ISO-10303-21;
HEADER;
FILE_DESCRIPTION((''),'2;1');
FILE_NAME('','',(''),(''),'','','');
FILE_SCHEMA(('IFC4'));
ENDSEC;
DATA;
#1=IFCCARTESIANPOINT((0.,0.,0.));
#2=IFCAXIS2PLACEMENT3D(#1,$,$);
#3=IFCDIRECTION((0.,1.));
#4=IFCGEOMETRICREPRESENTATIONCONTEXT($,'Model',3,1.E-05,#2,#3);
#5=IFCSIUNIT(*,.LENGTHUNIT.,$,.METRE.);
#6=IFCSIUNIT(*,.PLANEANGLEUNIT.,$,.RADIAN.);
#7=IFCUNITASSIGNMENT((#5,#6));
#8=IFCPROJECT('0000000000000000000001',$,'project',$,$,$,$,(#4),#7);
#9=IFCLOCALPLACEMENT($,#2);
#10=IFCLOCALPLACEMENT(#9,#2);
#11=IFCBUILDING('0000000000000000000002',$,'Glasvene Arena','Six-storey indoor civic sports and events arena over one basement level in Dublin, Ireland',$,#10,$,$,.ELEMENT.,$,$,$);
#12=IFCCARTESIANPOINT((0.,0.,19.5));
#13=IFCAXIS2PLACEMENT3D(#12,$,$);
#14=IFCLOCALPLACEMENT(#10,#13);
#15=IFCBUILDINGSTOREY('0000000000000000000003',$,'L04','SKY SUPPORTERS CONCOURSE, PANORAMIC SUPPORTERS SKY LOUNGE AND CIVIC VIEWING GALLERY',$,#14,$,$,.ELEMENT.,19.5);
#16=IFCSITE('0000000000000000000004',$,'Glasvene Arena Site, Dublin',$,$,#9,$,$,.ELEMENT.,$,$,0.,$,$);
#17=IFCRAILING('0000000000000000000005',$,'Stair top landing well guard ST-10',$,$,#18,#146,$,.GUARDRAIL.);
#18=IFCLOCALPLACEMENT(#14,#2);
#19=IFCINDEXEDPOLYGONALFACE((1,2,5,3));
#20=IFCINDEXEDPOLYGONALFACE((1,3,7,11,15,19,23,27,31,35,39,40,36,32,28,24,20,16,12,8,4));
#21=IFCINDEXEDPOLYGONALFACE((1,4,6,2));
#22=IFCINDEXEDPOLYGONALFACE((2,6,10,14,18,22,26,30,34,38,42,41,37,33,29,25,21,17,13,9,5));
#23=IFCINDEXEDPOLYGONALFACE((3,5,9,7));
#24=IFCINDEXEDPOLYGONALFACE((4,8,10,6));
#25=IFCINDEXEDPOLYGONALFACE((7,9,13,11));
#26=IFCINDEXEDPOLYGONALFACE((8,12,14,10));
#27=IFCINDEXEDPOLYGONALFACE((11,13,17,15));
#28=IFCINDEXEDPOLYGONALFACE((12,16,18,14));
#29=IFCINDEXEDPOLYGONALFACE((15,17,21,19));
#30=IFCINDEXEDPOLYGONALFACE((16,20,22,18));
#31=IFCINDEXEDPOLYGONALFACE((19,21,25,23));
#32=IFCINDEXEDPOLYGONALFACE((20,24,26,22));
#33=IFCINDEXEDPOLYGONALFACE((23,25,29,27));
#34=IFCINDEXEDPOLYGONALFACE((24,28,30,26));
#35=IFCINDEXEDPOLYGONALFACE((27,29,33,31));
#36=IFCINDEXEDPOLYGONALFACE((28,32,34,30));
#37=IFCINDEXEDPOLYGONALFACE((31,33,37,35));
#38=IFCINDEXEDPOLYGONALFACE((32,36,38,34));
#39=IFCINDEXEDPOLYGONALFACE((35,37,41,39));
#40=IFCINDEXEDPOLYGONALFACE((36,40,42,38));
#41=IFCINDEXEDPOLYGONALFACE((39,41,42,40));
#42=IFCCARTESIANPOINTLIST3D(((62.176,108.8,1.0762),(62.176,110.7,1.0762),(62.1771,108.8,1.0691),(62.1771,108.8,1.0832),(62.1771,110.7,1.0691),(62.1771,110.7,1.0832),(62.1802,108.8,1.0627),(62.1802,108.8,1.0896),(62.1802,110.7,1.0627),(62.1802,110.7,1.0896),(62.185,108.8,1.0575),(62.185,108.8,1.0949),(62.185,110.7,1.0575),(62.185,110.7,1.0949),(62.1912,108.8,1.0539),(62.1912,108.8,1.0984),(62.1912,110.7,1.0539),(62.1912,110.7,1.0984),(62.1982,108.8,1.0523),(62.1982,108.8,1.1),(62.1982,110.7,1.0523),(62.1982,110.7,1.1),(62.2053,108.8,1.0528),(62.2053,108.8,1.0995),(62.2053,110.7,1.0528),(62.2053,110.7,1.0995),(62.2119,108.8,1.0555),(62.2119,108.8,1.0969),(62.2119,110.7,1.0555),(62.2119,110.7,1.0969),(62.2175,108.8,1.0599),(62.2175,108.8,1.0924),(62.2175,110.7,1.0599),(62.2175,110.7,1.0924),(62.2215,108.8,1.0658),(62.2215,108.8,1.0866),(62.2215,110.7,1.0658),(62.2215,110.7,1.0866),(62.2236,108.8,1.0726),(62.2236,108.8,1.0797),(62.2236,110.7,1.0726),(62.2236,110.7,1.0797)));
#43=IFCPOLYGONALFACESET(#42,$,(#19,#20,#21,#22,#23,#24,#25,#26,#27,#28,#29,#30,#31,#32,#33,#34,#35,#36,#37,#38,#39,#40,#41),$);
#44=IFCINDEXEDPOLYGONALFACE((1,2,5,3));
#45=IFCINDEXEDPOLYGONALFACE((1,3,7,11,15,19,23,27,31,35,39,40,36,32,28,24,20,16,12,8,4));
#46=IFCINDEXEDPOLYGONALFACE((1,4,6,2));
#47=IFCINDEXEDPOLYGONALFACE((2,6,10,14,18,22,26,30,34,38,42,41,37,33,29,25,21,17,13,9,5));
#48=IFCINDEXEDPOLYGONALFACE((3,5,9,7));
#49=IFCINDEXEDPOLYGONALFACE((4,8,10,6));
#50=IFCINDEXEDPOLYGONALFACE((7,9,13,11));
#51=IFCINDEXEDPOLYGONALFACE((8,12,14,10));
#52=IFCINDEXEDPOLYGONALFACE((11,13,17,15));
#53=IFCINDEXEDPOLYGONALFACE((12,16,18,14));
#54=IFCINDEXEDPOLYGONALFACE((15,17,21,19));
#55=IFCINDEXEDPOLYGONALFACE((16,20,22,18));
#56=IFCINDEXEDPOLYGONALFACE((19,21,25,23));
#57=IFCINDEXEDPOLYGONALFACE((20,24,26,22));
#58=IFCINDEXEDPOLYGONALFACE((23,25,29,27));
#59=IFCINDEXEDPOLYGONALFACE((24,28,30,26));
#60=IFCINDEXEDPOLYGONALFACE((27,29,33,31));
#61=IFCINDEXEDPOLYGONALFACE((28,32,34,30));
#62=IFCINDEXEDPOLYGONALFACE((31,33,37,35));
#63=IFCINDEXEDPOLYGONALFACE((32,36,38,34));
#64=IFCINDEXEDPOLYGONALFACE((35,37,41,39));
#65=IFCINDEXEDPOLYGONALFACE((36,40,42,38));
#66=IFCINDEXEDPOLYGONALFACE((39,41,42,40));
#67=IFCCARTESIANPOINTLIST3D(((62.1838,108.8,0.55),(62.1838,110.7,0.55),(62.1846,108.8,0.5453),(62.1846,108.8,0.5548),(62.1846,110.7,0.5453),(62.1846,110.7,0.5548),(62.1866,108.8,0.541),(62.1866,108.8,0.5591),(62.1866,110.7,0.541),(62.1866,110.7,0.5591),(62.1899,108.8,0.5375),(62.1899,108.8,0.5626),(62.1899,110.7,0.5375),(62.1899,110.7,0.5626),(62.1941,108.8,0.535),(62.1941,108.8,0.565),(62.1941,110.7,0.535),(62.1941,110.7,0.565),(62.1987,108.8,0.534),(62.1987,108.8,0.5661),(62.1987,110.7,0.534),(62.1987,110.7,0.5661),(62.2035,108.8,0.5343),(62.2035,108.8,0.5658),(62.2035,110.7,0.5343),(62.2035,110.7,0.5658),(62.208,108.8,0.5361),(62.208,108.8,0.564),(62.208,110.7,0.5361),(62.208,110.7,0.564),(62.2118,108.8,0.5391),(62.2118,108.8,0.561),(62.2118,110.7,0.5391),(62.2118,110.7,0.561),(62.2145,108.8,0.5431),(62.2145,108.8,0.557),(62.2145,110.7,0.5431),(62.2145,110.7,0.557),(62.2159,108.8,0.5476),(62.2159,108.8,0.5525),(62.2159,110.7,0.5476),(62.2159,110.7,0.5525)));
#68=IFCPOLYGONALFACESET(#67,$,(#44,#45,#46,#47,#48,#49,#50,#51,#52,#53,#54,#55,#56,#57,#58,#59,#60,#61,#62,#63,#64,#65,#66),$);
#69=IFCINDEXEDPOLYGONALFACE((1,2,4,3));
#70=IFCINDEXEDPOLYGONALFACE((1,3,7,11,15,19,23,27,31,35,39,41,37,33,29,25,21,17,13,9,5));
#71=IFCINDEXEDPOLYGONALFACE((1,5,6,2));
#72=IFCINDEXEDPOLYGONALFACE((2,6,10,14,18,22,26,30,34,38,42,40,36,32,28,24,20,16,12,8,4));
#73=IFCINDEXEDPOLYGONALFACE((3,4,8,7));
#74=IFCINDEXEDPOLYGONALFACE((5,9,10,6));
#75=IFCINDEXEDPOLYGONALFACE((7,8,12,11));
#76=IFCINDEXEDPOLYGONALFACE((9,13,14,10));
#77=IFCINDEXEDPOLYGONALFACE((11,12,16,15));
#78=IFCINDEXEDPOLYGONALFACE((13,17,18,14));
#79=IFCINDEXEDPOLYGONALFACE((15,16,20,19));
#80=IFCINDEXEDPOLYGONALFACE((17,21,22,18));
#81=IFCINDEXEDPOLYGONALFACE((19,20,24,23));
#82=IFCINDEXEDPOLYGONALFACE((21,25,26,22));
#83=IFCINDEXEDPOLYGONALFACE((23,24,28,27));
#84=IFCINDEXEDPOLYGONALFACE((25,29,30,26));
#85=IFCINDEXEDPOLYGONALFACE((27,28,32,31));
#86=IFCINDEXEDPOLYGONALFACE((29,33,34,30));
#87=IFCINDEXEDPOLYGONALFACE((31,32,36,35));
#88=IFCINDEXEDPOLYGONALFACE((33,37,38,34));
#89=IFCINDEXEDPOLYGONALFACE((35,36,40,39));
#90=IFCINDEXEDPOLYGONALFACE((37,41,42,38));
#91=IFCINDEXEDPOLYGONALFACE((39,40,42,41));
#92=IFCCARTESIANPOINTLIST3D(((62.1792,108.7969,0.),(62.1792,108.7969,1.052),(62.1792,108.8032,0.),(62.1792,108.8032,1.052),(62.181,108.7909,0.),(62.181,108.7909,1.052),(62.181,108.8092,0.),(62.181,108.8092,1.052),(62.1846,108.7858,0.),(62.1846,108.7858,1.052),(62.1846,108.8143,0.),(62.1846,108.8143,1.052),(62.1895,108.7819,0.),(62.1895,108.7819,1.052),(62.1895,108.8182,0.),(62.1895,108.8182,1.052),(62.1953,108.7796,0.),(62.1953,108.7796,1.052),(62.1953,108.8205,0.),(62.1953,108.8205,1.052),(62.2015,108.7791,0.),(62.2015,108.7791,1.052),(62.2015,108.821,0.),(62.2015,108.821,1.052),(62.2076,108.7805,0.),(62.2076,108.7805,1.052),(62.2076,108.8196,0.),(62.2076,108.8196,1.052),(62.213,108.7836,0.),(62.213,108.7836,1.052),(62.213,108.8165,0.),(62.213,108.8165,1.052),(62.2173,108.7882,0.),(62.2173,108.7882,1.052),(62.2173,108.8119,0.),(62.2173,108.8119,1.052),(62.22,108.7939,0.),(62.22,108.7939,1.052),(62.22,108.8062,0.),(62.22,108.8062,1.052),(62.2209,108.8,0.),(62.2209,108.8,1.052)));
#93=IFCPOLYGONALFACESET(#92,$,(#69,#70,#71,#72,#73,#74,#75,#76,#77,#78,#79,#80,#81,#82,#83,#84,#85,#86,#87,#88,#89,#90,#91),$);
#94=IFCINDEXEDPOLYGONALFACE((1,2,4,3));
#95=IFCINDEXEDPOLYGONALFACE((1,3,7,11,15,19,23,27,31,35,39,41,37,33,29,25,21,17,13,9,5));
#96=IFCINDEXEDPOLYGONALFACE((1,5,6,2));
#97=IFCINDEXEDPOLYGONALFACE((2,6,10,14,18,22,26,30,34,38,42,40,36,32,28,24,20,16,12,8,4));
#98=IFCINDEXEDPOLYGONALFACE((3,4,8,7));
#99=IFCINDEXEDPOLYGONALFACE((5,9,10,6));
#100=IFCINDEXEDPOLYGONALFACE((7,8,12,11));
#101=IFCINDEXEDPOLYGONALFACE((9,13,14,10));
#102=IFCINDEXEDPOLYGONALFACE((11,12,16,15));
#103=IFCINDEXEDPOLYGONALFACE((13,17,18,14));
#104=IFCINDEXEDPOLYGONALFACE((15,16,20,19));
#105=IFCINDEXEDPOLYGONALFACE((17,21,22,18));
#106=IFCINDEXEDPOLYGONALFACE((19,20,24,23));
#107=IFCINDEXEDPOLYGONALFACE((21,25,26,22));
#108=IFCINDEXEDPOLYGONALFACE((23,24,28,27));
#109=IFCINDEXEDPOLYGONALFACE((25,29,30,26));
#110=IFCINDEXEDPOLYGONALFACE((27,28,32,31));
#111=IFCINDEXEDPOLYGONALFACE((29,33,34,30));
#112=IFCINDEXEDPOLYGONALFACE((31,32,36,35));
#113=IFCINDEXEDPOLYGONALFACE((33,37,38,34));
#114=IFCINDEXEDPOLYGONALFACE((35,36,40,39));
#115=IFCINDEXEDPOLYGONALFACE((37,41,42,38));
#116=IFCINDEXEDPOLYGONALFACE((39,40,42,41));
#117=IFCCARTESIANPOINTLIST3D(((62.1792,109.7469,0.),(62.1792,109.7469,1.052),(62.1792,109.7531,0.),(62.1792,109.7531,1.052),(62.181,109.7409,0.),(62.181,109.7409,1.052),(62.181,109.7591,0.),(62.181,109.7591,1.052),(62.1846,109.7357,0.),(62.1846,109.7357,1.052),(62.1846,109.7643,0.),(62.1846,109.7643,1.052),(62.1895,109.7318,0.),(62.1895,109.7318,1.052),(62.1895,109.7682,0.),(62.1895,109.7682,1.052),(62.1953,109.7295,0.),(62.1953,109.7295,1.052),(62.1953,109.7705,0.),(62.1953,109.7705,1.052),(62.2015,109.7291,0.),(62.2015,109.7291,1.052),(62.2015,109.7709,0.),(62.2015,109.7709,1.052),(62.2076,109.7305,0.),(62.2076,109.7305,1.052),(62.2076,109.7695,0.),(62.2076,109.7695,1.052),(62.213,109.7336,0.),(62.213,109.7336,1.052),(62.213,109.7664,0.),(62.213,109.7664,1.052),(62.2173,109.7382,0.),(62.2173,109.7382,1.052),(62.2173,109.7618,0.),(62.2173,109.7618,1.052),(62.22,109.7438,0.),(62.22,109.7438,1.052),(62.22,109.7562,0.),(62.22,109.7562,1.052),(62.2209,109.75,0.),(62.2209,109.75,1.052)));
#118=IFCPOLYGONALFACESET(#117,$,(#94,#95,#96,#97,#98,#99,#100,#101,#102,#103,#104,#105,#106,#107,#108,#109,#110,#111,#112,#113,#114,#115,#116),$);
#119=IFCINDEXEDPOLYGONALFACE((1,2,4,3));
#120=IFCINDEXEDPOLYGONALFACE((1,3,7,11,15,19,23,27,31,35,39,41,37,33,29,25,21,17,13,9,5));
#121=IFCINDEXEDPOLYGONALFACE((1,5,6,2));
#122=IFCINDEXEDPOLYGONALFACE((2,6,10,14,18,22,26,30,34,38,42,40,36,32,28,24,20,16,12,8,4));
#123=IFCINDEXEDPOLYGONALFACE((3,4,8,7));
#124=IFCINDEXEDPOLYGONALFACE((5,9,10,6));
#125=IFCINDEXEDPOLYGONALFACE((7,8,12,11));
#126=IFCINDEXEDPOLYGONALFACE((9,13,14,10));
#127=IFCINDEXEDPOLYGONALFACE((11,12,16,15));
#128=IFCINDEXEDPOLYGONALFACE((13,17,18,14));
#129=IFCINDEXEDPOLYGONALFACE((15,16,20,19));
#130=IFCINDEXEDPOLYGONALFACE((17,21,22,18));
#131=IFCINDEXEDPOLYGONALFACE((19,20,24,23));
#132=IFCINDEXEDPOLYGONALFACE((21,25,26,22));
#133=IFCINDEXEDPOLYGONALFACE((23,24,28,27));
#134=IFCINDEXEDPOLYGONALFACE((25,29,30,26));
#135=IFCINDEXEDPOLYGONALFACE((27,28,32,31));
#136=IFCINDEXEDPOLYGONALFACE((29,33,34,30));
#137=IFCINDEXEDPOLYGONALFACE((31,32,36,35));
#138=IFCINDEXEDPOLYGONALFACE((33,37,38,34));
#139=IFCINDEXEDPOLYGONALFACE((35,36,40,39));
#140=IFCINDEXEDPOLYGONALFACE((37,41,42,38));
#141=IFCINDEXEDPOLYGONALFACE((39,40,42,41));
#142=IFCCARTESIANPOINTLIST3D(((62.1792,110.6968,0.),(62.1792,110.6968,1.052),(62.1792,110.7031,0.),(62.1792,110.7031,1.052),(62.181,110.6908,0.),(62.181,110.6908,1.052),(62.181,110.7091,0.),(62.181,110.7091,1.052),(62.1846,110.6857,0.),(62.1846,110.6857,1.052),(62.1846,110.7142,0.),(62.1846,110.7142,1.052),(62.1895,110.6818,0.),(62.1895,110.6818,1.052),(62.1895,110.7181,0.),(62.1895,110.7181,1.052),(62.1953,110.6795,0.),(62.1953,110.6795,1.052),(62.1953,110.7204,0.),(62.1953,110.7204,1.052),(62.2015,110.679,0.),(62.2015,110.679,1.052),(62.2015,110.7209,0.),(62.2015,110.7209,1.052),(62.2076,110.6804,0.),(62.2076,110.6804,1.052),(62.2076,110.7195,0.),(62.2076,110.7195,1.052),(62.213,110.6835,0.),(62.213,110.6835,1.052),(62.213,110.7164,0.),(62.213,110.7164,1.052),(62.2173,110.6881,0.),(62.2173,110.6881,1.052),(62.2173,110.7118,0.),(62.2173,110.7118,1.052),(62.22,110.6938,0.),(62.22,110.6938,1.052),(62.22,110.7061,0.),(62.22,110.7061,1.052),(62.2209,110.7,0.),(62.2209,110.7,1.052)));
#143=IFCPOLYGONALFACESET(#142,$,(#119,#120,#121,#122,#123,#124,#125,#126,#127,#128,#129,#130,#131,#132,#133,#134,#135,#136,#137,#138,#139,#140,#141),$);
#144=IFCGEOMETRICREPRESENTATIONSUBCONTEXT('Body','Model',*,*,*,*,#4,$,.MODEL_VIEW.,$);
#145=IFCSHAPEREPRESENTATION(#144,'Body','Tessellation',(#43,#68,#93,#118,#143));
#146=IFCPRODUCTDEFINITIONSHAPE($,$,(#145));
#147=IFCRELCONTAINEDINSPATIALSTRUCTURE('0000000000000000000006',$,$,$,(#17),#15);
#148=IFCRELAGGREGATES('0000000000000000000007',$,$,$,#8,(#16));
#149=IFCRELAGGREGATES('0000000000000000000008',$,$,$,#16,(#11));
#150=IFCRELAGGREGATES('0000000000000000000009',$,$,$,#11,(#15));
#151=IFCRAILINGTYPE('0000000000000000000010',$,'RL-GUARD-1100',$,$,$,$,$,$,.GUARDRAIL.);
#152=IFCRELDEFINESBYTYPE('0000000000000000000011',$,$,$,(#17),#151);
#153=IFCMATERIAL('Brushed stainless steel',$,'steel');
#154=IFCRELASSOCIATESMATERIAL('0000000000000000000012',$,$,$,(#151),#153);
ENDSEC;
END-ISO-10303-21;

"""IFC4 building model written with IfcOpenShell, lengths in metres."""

from ifc_helpers import new_model, si_unit, direction, frame, origin, origin_2d, place, context, subcontext, project, spatial, circle, extrude, material, type_object, element, save


model = new_model("IFC4")

# Units and contexts
model_context = context("Model", 3, precision=1e-05, world=origin(), true_north=direction((0.0, 1.0)))
body_context = subcontext(model_context, "Body", "Model", "MODEL_VIEW")
ifc_project = project(units=[si_unit("LENGTHUNIT", "METRE"), si_unit("PLANEANGLEUNIT", "RADIAN")], contexts=[model_context])

# Site, building, storey
site_placement = place(None, origin())
site = spatial("IfcSite", under=ifc_project, at=site_placement, Name="Glasvene Arena Site, Dublin", CompositionType="ELEMENT", RefElevation=0.0)
building_placement = place(site_placement, origin())
building = spatial("IfcBuilding", under=site, at=building_placement, Name="Glasvene Arena", Description="Six-storey indoor civic sports and events arena over one basement level in Dublin, Ireland", CompositionType="ELEMENT")
storey_placement = place(building_placement, frame((0.0, 0.0, 19.5)))
storey = spatial("IfcBuildingStorey", under=building, at=storey_placement, Name="L04", Description="SKY SUPPORTERS CONCOURSE, PANORAMIC SUPPORTERS SKY LOUNGE AND CIVIC VIEWING GALLERY", CompositionType="ELEMENT", Elevation=19.5)

# Railing
ifc_material_1 = material(Name="Brushed stainless steel", Category="steel")
railing_type = type_object("IfcRailingType", Name="RL-GUARD-1100", PredefinedType="GUARDRAIL", material=ifc_material_1)
railing_1_placement = place(storey_placement, frame((62.2, 108.8, 0.0)))
element("IfcRailing", 1, at=railing_1_placement, inside=storey, type_object=railing_type, Name="Stair top landing well guard ST-10", PredefinedType="GUARDRAIL", context=body_context, shape_type="SweptSolid", body=[
    extrude(circle(Radius=0.0239, at=origin_2d()), frame((0.0, 0.0, 1.0762), z_axis=(0.0, 1.0, 0.0), x_axis=(-1.0, 0.0, 0.0)), (0.0, 0.0, 1.0), 1.8999),
    extrude(circle(Radius=0.0161, at=origin_2d()), frame((0.0, 0.0, 0.55), z_axis=(0.0, 1.0, 0.0), x_axis=(-1.0, 0.0, 0.0)), (0.0, 0.0, 1.0), 1.8999),
    extrude(circle(Radius=0.021, at=origin_2d()), origin(), (0.0, 0.0, 1.0), 1.052),
    extrude(circle(Radius=0.021, at=origin_2d()), frame((0.0, 0.95, 0.0)), (0.0, 0.0, 1.0), 1.052),
    extrude(circle(Radius=0.021, at=origin_2d()), frame((0.0, 1.8999, 0.0)), (0.0, 0.0, 1.0), 1.052),
])

save(model, "model.ifc")
